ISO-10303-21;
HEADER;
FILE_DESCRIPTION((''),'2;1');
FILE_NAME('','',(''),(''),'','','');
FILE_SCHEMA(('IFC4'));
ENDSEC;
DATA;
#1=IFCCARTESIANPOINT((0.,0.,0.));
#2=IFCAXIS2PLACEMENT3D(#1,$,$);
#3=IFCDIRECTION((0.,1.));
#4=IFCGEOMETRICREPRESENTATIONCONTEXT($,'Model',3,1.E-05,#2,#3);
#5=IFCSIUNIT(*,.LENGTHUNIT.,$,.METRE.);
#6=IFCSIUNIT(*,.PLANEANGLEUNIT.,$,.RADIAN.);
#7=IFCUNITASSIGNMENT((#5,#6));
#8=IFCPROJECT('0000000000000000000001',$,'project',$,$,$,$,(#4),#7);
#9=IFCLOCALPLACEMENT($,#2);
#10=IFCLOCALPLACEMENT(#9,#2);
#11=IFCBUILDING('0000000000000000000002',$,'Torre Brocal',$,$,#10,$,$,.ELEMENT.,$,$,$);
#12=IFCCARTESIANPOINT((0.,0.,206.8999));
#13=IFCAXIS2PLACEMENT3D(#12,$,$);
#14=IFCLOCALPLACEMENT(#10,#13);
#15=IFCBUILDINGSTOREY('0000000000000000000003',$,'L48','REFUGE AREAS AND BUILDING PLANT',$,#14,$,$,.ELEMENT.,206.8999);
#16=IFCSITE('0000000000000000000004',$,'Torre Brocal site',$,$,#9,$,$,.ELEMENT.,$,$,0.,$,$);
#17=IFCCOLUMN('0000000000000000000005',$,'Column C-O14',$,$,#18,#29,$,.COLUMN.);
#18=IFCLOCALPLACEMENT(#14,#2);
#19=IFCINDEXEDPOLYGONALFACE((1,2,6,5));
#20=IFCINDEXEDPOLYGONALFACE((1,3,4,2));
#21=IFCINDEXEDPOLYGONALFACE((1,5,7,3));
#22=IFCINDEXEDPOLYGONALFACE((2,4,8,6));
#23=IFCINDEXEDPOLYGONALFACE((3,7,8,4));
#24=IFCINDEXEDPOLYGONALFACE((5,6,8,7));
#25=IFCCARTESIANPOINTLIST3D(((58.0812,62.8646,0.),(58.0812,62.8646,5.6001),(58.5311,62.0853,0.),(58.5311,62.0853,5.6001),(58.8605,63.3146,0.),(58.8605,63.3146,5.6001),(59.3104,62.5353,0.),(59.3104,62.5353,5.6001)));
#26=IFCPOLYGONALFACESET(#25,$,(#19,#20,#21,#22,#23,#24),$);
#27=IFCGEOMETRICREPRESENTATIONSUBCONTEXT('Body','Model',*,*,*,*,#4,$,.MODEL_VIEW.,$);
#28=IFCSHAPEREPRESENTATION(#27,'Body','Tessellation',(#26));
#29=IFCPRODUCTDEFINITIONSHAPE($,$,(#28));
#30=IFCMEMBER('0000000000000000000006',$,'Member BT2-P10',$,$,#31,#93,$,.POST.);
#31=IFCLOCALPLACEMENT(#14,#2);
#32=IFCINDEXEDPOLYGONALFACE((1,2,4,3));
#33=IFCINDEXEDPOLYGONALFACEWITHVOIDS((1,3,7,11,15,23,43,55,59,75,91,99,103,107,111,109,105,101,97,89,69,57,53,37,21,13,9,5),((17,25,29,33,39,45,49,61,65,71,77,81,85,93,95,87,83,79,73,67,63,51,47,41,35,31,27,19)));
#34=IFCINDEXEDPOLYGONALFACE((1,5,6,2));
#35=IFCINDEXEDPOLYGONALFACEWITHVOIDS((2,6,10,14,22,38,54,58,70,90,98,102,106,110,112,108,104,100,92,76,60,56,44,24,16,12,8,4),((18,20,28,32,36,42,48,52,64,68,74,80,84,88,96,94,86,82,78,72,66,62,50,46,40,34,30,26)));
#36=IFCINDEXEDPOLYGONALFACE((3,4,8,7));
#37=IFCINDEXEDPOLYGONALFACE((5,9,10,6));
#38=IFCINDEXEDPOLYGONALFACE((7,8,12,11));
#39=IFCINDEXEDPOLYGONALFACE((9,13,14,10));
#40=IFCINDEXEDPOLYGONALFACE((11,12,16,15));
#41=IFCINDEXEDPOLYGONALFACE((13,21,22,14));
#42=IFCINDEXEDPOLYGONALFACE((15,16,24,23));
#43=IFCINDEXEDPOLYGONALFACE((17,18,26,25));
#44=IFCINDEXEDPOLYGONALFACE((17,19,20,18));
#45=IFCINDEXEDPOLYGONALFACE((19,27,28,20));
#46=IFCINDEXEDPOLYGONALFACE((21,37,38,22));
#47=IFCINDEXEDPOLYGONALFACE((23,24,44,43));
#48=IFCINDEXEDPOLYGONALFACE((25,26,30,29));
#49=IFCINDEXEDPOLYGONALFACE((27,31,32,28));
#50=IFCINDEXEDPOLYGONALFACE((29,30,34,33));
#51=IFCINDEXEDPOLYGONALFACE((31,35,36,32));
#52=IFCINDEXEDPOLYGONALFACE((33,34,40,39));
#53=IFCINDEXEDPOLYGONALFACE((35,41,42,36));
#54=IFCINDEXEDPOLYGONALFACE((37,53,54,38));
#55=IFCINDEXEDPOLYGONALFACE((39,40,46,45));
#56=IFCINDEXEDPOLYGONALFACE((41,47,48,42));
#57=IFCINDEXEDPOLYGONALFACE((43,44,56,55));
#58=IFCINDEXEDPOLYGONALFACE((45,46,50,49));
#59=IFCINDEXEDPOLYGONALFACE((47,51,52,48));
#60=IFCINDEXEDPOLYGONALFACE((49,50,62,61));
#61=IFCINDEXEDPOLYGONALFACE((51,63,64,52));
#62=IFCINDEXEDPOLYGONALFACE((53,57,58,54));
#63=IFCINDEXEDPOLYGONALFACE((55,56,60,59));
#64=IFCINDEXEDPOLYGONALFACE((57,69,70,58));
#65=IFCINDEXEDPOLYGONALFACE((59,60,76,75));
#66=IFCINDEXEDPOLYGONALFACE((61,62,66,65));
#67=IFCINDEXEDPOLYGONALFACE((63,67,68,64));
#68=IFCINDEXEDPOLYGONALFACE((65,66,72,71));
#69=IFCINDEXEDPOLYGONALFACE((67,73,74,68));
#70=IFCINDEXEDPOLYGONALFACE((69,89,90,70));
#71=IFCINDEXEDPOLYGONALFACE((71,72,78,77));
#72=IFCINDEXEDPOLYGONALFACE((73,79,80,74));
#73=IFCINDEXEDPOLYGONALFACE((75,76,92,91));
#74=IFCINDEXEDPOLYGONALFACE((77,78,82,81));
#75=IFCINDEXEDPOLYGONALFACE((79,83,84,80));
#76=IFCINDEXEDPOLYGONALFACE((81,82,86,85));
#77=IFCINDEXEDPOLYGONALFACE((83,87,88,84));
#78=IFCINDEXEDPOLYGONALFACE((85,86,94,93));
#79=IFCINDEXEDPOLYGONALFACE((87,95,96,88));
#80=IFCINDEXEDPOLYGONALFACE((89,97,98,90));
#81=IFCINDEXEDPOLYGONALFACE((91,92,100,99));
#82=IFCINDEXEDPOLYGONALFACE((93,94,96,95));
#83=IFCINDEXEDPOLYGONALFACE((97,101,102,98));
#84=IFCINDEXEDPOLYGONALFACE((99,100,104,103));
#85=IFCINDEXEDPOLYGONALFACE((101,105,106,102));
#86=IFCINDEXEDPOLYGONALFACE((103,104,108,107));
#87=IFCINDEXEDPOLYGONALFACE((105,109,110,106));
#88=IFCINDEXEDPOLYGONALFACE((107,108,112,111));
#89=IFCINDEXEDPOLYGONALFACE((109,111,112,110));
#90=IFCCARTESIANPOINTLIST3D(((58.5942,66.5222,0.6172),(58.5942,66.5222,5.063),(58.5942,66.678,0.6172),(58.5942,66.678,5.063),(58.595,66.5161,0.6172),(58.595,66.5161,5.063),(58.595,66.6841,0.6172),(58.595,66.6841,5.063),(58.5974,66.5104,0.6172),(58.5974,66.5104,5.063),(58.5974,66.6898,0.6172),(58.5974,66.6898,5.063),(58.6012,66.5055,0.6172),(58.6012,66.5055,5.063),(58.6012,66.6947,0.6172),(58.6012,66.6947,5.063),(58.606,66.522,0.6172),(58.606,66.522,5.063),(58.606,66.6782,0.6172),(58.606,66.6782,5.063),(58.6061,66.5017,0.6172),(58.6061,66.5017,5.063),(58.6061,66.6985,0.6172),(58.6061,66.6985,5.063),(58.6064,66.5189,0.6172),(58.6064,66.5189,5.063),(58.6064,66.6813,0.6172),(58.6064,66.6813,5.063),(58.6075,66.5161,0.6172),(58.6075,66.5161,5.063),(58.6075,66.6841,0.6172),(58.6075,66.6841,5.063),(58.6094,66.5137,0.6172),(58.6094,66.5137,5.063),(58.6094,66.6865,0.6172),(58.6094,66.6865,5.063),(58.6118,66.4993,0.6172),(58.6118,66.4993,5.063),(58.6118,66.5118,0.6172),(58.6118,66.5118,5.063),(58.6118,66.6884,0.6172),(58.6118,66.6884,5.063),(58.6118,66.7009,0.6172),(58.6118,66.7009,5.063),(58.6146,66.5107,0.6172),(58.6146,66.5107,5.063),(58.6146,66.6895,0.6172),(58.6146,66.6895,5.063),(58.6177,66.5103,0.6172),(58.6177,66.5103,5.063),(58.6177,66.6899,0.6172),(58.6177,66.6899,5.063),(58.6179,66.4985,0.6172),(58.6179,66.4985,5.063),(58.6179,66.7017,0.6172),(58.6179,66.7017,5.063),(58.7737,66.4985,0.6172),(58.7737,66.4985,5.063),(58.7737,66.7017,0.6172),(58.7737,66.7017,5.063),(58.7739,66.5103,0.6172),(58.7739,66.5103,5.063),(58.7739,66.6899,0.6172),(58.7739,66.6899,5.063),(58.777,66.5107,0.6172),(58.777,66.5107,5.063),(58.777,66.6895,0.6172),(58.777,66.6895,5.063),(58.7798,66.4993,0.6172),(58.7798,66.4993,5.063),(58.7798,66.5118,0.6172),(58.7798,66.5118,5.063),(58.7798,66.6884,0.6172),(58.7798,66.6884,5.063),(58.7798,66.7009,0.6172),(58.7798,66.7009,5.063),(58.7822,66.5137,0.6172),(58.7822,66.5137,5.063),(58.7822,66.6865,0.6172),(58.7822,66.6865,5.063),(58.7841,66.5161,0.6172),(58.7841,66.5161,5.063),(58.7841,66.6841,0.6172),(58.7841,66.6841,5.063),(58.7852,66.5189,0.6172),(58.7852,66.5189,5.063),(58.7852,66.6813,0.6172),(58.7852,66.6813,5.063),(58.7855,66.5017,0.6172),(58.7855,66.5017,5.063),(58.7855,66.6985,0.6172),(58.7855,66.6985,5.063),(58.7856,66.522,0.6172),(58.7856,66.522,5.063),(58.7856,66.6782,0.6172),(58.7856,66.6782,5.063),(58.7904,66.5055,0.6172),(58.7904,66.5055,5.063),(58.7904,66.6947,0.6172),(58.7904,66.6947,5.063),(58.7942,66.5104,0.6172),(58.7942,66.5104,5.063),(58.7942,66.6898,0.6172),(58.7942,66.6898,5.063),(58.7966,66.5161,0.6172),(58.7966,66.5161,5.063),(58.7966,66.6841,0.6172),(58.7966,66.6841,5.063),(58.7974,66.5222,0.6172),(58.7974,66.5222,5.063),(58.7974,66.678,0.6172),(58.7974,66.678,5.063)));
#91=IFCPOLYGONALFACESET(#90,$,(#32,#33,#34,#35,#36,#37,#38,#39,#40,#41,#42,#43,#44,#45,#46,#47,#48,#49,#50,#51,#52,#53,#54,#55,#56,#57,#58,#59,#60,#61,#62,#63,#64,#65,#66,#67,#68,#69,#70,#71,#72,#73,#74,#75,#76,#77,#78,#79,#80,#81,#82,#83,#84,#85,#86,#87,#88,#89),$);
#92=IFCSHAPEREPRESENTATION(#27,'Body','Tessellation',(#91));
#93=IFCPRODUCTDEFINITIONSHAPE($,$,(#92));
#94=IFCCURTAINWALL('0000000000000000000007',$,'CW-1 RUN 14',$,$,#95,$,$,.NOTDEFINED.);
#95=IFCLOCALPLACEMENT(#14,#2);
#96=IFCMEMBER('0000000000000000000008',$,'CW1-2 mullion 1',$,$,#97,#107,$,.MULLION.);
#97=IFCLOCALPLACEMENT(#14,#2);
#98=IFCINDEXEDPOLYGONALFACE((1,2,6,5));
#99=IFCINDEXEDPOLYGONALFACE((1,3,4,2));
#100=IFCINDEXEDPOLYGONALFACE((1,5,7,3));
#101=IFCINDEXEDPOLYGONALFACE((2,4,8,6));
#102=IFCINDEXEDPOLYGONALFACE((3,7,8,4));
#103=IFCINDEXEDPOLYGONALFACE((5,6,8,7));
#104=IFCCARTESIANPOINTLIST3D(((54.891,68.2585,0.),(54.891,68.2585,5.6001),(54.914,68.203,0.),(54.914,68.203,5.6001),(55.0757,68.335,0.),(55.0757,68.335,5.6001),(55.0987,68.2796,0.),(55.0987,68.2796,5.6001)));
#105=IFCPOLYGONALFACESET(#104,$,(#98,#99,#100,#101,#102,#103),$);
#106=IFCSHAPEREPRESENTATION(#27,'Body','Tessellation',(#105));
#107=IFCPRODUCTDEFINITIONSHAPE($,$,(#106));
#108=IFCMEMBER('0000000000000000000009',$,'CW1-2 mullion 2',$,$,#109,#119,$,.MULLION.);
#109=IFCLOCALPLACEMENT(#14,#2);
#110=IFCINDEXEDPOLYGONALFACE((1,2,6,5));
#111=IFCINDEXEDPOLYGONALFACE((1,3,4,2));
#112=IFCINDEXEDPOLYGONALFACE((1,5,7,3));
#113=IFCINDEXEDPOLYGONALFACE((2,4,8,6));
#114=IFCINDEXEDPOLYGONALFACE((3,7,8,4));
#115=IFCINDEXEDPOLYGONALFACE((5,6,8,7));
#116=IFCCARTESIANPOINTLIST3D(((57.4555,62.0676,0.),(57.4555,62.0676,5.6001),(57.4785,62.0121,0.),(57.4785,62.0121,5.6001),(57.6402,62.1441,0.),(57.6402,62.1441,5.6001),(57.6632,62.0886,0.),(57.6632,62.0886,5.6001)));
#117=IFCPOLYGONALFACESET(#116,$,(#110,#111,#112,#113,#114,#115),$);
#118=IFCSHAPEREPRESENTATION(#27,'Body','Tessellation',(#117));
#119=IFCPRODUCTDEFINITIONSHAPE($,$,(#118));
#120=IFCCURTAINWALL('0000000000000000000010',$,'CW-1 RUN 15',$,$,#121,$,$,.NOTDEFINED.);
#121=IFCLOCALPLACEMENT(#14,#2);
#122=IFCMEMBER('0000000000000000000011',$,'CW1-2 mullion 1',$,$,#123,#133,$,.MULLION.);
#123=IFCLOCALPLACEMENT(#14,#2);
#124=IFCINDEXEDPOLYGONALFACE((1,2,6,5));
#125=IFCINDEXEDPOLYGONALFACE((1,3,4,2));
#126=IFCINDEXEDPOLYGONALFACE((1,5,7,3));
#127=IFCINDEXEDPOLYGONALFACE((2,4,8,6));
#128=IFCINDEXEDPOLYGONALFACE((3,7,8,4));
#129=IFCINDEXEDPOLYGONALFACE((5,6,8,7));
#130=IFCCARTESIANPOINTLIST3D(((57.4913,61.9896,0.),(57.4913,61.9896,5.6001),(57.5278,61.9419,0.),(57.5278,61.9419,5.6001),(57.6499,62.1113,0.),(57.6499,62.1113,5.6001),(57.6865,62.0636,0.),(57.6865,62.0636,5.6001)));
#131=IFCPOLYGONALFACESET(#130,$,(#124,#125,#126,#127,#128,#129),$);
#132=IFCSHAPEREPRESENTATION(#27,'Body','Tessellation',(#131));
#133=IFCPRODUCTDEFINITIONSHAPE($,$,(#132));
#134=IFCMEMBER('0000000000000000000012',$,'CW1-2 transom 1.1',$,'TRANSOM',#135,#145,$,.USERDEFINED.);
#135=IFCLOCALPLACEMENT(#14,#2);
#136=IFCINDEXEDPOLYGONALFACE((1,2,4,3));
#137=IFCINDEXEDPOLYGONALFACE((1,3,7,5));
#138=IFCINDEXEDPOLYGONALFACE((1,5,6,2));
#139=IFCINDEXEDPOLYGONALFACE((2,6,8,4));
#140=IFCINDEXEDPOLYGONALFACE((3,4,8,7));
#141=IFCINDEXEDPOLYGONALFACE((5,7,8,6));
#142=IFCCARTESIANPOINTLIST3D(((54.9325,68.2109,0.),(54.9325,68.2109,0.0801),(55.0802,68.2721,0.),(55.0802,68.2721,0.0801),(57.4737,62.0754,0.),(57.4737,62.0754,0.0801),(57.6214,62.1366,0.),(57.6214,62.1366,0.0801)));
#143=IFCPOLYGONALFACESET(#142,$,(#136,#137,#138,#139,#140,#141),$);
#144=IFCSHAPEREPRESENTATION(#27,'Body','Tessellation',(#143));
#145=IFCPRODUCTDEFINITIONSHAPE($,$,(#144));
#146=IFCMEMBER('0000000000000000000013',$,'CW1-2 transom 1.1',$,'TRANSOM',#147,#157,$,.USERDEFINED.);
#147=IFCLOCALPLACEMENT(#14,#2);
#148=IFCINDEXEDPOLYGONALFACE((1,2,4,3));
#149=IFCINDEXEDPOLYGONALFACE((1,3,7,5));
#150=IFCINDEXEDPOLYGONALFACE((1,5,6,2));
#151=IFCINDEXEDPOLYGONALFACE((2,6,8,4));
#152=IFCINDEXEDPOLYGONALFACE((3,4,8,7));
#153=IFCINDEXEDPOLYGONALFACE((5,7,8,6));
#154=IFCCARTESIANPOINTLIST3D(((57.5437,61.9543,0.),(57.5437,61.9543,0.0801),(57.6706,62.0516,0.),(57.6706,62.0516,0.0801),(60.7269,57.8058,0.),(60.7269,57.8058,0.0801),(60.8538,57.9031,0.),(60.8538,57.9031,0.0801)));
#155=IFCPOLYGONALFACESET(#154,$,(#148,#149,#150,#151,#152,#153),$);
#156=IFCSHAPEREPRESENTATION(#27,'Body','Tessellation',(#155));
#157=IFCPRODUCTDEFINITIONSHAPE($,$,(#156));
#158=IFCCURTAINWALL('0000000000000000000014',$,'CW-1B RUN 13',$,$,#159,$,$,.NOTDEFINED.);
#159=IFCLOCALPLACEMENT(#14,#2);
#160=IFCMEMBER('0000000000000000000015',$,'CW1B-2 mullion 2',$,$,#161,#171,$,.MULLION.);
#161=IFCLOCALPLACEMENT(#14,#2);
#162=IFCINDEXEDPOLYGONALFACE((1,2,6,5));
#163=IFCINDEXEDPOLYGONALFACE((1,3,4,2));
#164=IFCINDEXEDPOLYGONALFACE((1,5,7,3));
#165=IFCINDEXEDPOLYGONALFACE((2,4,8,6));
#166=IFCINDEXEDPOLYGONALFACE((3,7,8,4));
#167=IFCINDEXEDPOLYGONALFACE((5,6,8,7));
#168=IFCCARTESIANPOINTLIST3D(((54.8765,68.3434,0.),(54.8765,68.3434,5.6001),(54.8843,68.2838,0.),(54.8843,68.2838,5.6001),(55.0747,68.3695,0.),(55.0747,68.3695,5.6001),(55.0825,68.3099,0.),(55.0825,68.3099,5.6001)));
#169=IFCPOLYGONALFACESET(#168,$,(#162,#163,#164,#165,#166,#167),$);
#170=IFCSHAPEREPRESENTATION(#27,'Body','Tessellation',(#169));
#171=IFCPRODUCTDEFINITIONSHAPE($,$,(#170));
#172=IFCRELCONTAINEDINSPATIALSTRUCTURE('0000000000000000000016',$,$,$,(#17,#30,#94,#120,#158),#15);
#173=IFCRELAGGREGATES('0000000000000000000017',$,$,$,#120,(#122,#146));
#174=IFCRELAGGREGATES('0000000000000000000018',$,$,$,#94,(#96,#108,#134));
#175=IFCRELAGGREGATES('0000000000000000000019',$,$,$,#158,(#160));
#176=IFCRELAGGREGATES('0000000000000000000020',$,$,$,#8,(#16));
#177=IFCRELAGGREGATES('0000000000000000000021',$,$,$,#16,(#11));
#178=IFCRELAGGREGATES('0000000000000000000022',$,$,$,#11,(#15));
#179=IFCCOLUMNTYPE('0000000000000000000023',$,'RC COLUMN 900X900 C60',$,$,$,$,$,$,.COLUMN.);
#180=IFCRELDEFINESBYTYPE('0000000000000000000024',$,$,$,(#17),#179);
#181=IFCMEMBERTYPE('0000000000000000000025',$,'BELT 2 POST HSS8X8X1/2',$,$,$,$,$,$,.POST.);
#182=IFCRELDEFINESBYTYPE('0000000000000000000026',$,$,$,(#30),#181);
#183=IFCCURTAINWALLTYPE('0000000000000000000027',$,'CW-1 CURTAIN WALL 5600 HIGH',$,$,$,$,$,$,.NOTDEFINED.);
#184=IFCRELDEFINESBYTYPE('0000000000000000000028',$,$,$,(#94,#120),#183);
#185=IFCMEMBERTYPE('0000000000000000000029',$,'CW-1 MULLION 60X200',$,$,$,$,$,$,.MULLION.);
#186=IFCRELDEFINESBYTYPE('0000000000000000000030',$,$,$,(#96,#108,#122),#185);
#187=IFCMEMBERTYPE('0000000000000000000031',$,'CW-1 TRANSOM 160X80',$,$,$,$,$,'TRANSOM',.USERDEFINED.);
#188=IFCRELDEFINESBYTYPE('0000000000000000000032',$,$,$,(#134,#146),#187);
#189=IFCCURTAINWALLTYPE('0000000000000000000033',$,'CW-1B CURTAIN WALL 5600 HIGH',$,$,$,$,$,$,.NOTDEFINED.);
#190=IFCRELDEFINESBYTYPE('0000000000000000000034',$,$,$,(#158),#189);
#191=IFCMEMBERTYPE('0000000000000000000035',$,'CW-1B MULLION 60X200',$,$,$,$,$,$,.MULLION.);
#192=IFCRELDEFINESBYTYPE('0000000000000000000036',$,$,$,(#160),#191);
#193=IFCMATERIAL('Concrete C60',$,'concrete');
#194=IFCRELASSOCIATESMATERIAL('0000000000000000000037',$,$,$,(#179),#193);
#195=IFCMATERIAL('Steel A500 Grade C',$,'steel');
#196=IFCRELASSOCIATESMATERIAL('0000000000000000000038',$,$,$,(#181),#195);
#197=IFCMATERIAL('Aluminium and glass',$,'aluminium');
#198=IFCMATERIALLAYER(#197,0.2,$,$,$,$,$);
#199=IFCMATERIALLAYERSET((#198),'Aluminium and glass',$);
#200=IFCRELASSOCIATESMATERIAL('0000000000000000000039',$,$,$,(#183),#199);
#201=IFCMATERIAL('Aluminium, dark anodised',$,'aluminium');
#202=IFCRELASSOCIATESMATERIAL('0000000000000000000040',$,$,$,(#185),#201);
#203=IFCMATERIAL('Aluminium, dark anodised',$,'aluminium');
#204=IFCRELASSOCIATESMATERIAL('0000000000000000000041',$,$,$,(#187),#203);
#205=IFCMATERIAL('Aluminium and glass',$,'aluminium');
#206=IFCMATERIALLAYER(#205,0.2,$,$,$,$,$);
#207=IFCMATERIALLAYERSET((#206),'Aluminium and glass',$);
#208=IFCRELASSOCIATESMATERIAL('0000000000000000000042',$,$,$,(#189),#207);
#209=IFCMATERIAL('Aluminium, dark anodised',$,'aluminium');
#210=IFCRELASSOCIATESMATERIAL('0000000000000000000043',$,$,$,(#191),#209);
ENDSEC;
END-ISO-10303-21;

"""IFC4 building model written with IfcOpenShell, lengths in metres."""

from ifc_helpers import new_model, si_unit, direction, frame, origin, origin_2d, place, context, subcontext, project, spatial, rectangle, hollow_rectangle, extrude, material, layer, layer_set, material_profile, profile_set, type_object, element, aggregate, save


model = new_model("IFC4")

# Units and contexts
model_context = context("Model", 3, precision=1e-05, world=origin(), true_north=direction((0.0, 1.0)))
body_context = subcontext(model_context, "Body", "Model", "MODEL_VIEW")
ifc_project = project(units=[si_unit("LENGTHUNIT", "METRE"), si_unit("PLANEANGLEUNIT", "RADIAN")], contexts=[model_context])

# Site, building, storey
site_placement = place(None, origin())
site = spatial("IfcSite", under=ifc_project, at=site_placement, Name="Torre Brocal site", CompositionType="ELEMENT", RefElevation=0.0)
building_placement = place(site_placement, origin())
building = spatial("IfcBuilding", under=site, at=building_placement, Name="Torre Brocal", CompositionType="ELEMENT")
storey_placement = place(building_placement, frame((0.0, 0.0, 206.8999)))
storey = spatial("IfcBuildingStorey", under=building, at=storey_placement, Name="L48", Description="REFUGE AREAS AND BUILDING PLANT", CompositionType="ELEMENT", Elevation=206.8999)

# Column
ifc_material_1 = material(Name="Concrete C60", Category="concrete")
ifc_material_profile_1 = material_profile(ifc_material_1, rectangle(XDim=0.8999, YDim=0.8999, at=origin_2d()), Name="RC 900X900")
ifc_profile_set_1 = profile_set([ifc_material_profile_1], Name="Concrete C60")
column_type = type_object("IfcColumnType", Name="RC COLUMN 900X900 C60", PredefinedType="COLUMN", material=ifc_profile_set_1)
column_placement = place(storey_placement, frame((58.6958, 62.7, 0.0), z_axis=(0.0, 0.0, 1.0), x_axis=(-0.866025, -0.5, 0.0)))
element("IfcColumn", 1, at=column_placement, inside=storey, type_object=column_type, Name="Column C-O14", PredefinedType="COLUMN", context=body_context, shape_type="SweptSolid", body=[
    extrude(rectangle(XDim=0.8999, YDim=0.8999, at=origin_2d()), origin(), (0.0, 0.0, 1.0), 5.6001),
])

# Member
ifc_material_2 = material(Name="Steel A500 Grade C", Category="steel")
ifc_material_profile_2 = material_profile(ifc_material_2, hollow_rectangle(XDim=0.2031, YDim=0.2031, WallThickness=0.0117, InnerFilletRadius=0.0117, OuterFilletRadius=0.0237, at=origin_2d()), Name="HSS8X8X1/2")
ifc_profile_set_2 = profile_set([ifc_material_profile_2], Name="Steel A500 Grade C")
member_type_1 = type_object("IfcMemberType", Name="BELT 2 POST HSS8X8X1/2", PredefinedType="POST", material=ifc_profile_set_2)
member_1_placement = place(storey_placement, frame((58.6958, 66.6001, 0.6172), z_axis=(0.0, 0.0, 1.0), x_axis=(1.0, 0.0, 0.0)))
element("IfcMember", 2, at=member_1_placement, inside=storey, type_object=member_type_1, Name="Member BT2-P10", PredefinedType="POST", context=body_context, shape_type="SweptSolid", body=[
    extrude(hollow_rectangle(XDim=0.2031, YDim=0.2031, WallThickness=0.0117, InnerFilletRadius=0.0117, OuterFilletRadius=0.0237, at=origin_2d()), origin(), (0.0, 0.0, 1.0), 4.4458),
])

# Curtain wall, members
ifc_material_3 = material(Name="Aluminium and glass", Category="aluminium")
ifc_layer_1 = layer(ifc_material_3, 0.2)
ifc_layer_set_1 = layer_set([ifc_layer_1], Name="Aluminium and glass")
curtain_wall_type_1 = type_object("IfcCurtainWallType", Name="CW-1 CURTAIN WALL 5600 HIGH", PredefinedType="NOTDEFINED", material=ifc_layer_set_1)
curtain_wall_1_placement = place(storey_placement, origin())
curtain_wall_1 = element("IfcCurtainWall", 3, at=curtain_wall_1_placement, inside=storey, type_object=curtain_wall_type_1, Name="CW-1 RUN 14", PredefinedType="NOTDEFINED")
ifc_material_4 = material(Name="Aluminium, dark anodised", Category="aluminium")
ifc_material_profile_3 = material_profile(ifc_material_4, rectangle(XDim=0.2, YDim=0.0601, at=origin_2d()), Name="CW-1 MULLION 60X200")
ifc_profile_set_3 = profile_set([ifc_material_profile_3], Name="Aluminium, dark anodised")
member_type_2 = type_object("IfcMemberType", Name="CW-1 MULLION 60X200", PredefinedType="MULLION", material=ifc_profile_set_3)
member_2_placement = place(storey_placement, frame((54.9949, 68.269, 0.0), z_axis=(0.0, 0.0, 1.0), x_axis=(0.92388, 0.382683, 0.0)))
member_2 = element("IfcMember", 4, at=member_2_placement, type_object=member_type_2, Name="CW1-2 mullion 1", PredefinedType="MULLION", context=body_context, shape_type="SweptSolid", body=[
    extrude(rectangle(XDim=0.2, YDim=0.0601, at=origin_2d()), origin(), (0.0, 0.0, 1.0), 5.6001),
])
member_3_placement = place(storey_placement, frame((57.5593, 62.0781, 0.0), z_axis=(0.0, 0.0, 1.0), x_axis=(0.92388, 0.382683, 0.0)))
member_3 = element("IfcMember", 5, at=member_3_placement, type_object=member_type_2, Name="CW1-2 mullion 2", PredefinedType="MULLION", context=body_context, shape_type="SweptSolid", body=[
    extrude(rectangle(XDim=0.2, YDim=0.0601, at=origin_2d()), origin(), (0.0, 0.0, 1.0), 5.6001),
])

# Curtain wall, member
curtain_wall_2_placement = place(storey_placement, origin())
curtain_wall_2 = element("IfcCurtainWall", 6, at=curtain_wall_2_placement, inside=storey, type_object=curtain_wall_type_1, Name="CW-1 RUN 15", PredefinedType="NOTDEFINED")
member_4_placement = place(storey_placement, frame((57.5889, 62.0266, 0.0), z_axis=(0.0, 0.0, 1.0), x_axis=(0.793353, 0.608761, 0.0)))
member_4 = element("IfcMember", 7, at=member_4_placement, type_object=member_type_2, Name="CW1-2 mullion 1", PredefinedType="MULLION", context=body_context, shape_type="SweptSolid", body=[
    extrude(rectangle(XDim=0.2, YDim=0.0601, at=origin_2d()), origin(), (0.0, 0.0, 1.0), 5.6001),
])

# Members
ifc_material_5 = material(Name="Aluminium, dark anodised", Category="aluminium")
ifc_material_profile_4 = material_profile(ifc_material_5, rectangle(XDim=0.1599, YDim=0.0801, at=origin_2d()), Name="CW-1 TRANSOM 160X80")
ifc_profile_set_4 = profile_set([ifc_material_profile_4], Name="Aluminium, dark anodised")
member_type_3 = type_object("IfcMemberType", Name="CW-1 TRANSOM 160X80", ElementType="TRANSOM", PredefinedType="USERDEFINED", material=ifc_profile_set_4)
member_5_placement = place(storey_placement, frame((55.0063, 68.2415, 0.04), z_axis=(0.382665, -0.923887, 0.0), x_axis=(0.923887, 0.382665, 0.0)))
member_5 = element("IfcMember", 8, at=member_5_placement, type_object=member_type_3, Name="CW1-2 transom 1.1", ObjectType="TRANSOM", PredefinedType="USERDEFINED", context=body_context, shape_type="SweptSolid", body=[
    extrude(rectangle(XDim=0.1599, YDim=0.0801, at=origin_2d()), origin(), (0.0, 0.0, 1.0), 6.6409),
])
member_6_placement = place(storey_placement, frame((57.6072, 62.0029, 0.04), z_axis=(0.608749, -0.793363, 0.0), x_axis=(0.793363, 0.608749, 0.0)))
member_6 = element("IfcMember", 9, at=member_6_placement, type_object=member_type_3, Name="CW1-2 transom 1.1", ObjectType="TRANSOM", PredefinedType="USERDEFINED", context=body_context, shape_type="SweptSolid", body=[
    extrude(rectangle(XDim=0.1599, YDim=0.0801, at=origin_2d()), origin(), (0.0, 0.0, 1.0), 5.229),
])
aggregate(curtain_wall_2, [member_4, member_6])

# Curtain wall, member
ifc_material_6 = material(Name="Aluminium and glass", Category="aluminium")
ifc_layer_2 = layer(ifc_material_6, 0.2)
ifc_layer_set_2 = layer_set([ifc_layer_2], Name="Aluminium and glass")
curtain_wall_type_2 = type_object("IfcCurtainWallType", Name="CW-1B CURTAIN WALL 5600 HIGH", PredefinedType="NOTDEFINED", material=ifc_layer_set_2)
curtain_wall_3_placement = place(storey_placement, origin())
curtain_wall_3 = element("IfcCurtainWall", 10, at=curtain_wall_3_placement, inside=storey, type_object=curtain_wall_type_2, Name="CW-1B RUN 13", PredefinedType="NOTDEFINED")
ifc_material_7 = material(Name="Aluminium, dark anodised", Category="aluminium")
ifc_material_profile_5 = material_profile(ifc_material_7, rectangle(XDim=0.2, YDim=0.0601, at=origin_2d()), Name="CW-1B MULLION 60X200")
ifc_profile_set_5 = profile_set([ifc_material_profile_5], Name="Aluminium, dark anodised")
member_type_4 = type_object("IfcMemberType", Name="CW-1B MULLION 60X200", PredefinedType="MULLION", material=ifc_profile_set_5)
member_7_placement = place(storey_placement, frame((54.9795, 68.3267, 0.0), z_axis=(0.0, 0.0, 1.0), x_axis=(0.991445, 0.130526, 0.0)))
member_7 = element("IfcMember", 11, at=member_7_placement, type_object=member_type_4, Name="CW1B-2 mullion 2", PredefinedType="MULLION", context=body_context, shape_type="SweptSolid", body=[
    extrude(rectangle(XDim=0.2, YDim=0.0601, at=origin_2d()), origin(), (0.0, 0.0, 1.0), 5.6001),
])

aggregate(curtain_wall_1, [member_2, member_3, member_5])
aggregate(curtain_wall_3, [member_7])

save(model, "model.ifc")
